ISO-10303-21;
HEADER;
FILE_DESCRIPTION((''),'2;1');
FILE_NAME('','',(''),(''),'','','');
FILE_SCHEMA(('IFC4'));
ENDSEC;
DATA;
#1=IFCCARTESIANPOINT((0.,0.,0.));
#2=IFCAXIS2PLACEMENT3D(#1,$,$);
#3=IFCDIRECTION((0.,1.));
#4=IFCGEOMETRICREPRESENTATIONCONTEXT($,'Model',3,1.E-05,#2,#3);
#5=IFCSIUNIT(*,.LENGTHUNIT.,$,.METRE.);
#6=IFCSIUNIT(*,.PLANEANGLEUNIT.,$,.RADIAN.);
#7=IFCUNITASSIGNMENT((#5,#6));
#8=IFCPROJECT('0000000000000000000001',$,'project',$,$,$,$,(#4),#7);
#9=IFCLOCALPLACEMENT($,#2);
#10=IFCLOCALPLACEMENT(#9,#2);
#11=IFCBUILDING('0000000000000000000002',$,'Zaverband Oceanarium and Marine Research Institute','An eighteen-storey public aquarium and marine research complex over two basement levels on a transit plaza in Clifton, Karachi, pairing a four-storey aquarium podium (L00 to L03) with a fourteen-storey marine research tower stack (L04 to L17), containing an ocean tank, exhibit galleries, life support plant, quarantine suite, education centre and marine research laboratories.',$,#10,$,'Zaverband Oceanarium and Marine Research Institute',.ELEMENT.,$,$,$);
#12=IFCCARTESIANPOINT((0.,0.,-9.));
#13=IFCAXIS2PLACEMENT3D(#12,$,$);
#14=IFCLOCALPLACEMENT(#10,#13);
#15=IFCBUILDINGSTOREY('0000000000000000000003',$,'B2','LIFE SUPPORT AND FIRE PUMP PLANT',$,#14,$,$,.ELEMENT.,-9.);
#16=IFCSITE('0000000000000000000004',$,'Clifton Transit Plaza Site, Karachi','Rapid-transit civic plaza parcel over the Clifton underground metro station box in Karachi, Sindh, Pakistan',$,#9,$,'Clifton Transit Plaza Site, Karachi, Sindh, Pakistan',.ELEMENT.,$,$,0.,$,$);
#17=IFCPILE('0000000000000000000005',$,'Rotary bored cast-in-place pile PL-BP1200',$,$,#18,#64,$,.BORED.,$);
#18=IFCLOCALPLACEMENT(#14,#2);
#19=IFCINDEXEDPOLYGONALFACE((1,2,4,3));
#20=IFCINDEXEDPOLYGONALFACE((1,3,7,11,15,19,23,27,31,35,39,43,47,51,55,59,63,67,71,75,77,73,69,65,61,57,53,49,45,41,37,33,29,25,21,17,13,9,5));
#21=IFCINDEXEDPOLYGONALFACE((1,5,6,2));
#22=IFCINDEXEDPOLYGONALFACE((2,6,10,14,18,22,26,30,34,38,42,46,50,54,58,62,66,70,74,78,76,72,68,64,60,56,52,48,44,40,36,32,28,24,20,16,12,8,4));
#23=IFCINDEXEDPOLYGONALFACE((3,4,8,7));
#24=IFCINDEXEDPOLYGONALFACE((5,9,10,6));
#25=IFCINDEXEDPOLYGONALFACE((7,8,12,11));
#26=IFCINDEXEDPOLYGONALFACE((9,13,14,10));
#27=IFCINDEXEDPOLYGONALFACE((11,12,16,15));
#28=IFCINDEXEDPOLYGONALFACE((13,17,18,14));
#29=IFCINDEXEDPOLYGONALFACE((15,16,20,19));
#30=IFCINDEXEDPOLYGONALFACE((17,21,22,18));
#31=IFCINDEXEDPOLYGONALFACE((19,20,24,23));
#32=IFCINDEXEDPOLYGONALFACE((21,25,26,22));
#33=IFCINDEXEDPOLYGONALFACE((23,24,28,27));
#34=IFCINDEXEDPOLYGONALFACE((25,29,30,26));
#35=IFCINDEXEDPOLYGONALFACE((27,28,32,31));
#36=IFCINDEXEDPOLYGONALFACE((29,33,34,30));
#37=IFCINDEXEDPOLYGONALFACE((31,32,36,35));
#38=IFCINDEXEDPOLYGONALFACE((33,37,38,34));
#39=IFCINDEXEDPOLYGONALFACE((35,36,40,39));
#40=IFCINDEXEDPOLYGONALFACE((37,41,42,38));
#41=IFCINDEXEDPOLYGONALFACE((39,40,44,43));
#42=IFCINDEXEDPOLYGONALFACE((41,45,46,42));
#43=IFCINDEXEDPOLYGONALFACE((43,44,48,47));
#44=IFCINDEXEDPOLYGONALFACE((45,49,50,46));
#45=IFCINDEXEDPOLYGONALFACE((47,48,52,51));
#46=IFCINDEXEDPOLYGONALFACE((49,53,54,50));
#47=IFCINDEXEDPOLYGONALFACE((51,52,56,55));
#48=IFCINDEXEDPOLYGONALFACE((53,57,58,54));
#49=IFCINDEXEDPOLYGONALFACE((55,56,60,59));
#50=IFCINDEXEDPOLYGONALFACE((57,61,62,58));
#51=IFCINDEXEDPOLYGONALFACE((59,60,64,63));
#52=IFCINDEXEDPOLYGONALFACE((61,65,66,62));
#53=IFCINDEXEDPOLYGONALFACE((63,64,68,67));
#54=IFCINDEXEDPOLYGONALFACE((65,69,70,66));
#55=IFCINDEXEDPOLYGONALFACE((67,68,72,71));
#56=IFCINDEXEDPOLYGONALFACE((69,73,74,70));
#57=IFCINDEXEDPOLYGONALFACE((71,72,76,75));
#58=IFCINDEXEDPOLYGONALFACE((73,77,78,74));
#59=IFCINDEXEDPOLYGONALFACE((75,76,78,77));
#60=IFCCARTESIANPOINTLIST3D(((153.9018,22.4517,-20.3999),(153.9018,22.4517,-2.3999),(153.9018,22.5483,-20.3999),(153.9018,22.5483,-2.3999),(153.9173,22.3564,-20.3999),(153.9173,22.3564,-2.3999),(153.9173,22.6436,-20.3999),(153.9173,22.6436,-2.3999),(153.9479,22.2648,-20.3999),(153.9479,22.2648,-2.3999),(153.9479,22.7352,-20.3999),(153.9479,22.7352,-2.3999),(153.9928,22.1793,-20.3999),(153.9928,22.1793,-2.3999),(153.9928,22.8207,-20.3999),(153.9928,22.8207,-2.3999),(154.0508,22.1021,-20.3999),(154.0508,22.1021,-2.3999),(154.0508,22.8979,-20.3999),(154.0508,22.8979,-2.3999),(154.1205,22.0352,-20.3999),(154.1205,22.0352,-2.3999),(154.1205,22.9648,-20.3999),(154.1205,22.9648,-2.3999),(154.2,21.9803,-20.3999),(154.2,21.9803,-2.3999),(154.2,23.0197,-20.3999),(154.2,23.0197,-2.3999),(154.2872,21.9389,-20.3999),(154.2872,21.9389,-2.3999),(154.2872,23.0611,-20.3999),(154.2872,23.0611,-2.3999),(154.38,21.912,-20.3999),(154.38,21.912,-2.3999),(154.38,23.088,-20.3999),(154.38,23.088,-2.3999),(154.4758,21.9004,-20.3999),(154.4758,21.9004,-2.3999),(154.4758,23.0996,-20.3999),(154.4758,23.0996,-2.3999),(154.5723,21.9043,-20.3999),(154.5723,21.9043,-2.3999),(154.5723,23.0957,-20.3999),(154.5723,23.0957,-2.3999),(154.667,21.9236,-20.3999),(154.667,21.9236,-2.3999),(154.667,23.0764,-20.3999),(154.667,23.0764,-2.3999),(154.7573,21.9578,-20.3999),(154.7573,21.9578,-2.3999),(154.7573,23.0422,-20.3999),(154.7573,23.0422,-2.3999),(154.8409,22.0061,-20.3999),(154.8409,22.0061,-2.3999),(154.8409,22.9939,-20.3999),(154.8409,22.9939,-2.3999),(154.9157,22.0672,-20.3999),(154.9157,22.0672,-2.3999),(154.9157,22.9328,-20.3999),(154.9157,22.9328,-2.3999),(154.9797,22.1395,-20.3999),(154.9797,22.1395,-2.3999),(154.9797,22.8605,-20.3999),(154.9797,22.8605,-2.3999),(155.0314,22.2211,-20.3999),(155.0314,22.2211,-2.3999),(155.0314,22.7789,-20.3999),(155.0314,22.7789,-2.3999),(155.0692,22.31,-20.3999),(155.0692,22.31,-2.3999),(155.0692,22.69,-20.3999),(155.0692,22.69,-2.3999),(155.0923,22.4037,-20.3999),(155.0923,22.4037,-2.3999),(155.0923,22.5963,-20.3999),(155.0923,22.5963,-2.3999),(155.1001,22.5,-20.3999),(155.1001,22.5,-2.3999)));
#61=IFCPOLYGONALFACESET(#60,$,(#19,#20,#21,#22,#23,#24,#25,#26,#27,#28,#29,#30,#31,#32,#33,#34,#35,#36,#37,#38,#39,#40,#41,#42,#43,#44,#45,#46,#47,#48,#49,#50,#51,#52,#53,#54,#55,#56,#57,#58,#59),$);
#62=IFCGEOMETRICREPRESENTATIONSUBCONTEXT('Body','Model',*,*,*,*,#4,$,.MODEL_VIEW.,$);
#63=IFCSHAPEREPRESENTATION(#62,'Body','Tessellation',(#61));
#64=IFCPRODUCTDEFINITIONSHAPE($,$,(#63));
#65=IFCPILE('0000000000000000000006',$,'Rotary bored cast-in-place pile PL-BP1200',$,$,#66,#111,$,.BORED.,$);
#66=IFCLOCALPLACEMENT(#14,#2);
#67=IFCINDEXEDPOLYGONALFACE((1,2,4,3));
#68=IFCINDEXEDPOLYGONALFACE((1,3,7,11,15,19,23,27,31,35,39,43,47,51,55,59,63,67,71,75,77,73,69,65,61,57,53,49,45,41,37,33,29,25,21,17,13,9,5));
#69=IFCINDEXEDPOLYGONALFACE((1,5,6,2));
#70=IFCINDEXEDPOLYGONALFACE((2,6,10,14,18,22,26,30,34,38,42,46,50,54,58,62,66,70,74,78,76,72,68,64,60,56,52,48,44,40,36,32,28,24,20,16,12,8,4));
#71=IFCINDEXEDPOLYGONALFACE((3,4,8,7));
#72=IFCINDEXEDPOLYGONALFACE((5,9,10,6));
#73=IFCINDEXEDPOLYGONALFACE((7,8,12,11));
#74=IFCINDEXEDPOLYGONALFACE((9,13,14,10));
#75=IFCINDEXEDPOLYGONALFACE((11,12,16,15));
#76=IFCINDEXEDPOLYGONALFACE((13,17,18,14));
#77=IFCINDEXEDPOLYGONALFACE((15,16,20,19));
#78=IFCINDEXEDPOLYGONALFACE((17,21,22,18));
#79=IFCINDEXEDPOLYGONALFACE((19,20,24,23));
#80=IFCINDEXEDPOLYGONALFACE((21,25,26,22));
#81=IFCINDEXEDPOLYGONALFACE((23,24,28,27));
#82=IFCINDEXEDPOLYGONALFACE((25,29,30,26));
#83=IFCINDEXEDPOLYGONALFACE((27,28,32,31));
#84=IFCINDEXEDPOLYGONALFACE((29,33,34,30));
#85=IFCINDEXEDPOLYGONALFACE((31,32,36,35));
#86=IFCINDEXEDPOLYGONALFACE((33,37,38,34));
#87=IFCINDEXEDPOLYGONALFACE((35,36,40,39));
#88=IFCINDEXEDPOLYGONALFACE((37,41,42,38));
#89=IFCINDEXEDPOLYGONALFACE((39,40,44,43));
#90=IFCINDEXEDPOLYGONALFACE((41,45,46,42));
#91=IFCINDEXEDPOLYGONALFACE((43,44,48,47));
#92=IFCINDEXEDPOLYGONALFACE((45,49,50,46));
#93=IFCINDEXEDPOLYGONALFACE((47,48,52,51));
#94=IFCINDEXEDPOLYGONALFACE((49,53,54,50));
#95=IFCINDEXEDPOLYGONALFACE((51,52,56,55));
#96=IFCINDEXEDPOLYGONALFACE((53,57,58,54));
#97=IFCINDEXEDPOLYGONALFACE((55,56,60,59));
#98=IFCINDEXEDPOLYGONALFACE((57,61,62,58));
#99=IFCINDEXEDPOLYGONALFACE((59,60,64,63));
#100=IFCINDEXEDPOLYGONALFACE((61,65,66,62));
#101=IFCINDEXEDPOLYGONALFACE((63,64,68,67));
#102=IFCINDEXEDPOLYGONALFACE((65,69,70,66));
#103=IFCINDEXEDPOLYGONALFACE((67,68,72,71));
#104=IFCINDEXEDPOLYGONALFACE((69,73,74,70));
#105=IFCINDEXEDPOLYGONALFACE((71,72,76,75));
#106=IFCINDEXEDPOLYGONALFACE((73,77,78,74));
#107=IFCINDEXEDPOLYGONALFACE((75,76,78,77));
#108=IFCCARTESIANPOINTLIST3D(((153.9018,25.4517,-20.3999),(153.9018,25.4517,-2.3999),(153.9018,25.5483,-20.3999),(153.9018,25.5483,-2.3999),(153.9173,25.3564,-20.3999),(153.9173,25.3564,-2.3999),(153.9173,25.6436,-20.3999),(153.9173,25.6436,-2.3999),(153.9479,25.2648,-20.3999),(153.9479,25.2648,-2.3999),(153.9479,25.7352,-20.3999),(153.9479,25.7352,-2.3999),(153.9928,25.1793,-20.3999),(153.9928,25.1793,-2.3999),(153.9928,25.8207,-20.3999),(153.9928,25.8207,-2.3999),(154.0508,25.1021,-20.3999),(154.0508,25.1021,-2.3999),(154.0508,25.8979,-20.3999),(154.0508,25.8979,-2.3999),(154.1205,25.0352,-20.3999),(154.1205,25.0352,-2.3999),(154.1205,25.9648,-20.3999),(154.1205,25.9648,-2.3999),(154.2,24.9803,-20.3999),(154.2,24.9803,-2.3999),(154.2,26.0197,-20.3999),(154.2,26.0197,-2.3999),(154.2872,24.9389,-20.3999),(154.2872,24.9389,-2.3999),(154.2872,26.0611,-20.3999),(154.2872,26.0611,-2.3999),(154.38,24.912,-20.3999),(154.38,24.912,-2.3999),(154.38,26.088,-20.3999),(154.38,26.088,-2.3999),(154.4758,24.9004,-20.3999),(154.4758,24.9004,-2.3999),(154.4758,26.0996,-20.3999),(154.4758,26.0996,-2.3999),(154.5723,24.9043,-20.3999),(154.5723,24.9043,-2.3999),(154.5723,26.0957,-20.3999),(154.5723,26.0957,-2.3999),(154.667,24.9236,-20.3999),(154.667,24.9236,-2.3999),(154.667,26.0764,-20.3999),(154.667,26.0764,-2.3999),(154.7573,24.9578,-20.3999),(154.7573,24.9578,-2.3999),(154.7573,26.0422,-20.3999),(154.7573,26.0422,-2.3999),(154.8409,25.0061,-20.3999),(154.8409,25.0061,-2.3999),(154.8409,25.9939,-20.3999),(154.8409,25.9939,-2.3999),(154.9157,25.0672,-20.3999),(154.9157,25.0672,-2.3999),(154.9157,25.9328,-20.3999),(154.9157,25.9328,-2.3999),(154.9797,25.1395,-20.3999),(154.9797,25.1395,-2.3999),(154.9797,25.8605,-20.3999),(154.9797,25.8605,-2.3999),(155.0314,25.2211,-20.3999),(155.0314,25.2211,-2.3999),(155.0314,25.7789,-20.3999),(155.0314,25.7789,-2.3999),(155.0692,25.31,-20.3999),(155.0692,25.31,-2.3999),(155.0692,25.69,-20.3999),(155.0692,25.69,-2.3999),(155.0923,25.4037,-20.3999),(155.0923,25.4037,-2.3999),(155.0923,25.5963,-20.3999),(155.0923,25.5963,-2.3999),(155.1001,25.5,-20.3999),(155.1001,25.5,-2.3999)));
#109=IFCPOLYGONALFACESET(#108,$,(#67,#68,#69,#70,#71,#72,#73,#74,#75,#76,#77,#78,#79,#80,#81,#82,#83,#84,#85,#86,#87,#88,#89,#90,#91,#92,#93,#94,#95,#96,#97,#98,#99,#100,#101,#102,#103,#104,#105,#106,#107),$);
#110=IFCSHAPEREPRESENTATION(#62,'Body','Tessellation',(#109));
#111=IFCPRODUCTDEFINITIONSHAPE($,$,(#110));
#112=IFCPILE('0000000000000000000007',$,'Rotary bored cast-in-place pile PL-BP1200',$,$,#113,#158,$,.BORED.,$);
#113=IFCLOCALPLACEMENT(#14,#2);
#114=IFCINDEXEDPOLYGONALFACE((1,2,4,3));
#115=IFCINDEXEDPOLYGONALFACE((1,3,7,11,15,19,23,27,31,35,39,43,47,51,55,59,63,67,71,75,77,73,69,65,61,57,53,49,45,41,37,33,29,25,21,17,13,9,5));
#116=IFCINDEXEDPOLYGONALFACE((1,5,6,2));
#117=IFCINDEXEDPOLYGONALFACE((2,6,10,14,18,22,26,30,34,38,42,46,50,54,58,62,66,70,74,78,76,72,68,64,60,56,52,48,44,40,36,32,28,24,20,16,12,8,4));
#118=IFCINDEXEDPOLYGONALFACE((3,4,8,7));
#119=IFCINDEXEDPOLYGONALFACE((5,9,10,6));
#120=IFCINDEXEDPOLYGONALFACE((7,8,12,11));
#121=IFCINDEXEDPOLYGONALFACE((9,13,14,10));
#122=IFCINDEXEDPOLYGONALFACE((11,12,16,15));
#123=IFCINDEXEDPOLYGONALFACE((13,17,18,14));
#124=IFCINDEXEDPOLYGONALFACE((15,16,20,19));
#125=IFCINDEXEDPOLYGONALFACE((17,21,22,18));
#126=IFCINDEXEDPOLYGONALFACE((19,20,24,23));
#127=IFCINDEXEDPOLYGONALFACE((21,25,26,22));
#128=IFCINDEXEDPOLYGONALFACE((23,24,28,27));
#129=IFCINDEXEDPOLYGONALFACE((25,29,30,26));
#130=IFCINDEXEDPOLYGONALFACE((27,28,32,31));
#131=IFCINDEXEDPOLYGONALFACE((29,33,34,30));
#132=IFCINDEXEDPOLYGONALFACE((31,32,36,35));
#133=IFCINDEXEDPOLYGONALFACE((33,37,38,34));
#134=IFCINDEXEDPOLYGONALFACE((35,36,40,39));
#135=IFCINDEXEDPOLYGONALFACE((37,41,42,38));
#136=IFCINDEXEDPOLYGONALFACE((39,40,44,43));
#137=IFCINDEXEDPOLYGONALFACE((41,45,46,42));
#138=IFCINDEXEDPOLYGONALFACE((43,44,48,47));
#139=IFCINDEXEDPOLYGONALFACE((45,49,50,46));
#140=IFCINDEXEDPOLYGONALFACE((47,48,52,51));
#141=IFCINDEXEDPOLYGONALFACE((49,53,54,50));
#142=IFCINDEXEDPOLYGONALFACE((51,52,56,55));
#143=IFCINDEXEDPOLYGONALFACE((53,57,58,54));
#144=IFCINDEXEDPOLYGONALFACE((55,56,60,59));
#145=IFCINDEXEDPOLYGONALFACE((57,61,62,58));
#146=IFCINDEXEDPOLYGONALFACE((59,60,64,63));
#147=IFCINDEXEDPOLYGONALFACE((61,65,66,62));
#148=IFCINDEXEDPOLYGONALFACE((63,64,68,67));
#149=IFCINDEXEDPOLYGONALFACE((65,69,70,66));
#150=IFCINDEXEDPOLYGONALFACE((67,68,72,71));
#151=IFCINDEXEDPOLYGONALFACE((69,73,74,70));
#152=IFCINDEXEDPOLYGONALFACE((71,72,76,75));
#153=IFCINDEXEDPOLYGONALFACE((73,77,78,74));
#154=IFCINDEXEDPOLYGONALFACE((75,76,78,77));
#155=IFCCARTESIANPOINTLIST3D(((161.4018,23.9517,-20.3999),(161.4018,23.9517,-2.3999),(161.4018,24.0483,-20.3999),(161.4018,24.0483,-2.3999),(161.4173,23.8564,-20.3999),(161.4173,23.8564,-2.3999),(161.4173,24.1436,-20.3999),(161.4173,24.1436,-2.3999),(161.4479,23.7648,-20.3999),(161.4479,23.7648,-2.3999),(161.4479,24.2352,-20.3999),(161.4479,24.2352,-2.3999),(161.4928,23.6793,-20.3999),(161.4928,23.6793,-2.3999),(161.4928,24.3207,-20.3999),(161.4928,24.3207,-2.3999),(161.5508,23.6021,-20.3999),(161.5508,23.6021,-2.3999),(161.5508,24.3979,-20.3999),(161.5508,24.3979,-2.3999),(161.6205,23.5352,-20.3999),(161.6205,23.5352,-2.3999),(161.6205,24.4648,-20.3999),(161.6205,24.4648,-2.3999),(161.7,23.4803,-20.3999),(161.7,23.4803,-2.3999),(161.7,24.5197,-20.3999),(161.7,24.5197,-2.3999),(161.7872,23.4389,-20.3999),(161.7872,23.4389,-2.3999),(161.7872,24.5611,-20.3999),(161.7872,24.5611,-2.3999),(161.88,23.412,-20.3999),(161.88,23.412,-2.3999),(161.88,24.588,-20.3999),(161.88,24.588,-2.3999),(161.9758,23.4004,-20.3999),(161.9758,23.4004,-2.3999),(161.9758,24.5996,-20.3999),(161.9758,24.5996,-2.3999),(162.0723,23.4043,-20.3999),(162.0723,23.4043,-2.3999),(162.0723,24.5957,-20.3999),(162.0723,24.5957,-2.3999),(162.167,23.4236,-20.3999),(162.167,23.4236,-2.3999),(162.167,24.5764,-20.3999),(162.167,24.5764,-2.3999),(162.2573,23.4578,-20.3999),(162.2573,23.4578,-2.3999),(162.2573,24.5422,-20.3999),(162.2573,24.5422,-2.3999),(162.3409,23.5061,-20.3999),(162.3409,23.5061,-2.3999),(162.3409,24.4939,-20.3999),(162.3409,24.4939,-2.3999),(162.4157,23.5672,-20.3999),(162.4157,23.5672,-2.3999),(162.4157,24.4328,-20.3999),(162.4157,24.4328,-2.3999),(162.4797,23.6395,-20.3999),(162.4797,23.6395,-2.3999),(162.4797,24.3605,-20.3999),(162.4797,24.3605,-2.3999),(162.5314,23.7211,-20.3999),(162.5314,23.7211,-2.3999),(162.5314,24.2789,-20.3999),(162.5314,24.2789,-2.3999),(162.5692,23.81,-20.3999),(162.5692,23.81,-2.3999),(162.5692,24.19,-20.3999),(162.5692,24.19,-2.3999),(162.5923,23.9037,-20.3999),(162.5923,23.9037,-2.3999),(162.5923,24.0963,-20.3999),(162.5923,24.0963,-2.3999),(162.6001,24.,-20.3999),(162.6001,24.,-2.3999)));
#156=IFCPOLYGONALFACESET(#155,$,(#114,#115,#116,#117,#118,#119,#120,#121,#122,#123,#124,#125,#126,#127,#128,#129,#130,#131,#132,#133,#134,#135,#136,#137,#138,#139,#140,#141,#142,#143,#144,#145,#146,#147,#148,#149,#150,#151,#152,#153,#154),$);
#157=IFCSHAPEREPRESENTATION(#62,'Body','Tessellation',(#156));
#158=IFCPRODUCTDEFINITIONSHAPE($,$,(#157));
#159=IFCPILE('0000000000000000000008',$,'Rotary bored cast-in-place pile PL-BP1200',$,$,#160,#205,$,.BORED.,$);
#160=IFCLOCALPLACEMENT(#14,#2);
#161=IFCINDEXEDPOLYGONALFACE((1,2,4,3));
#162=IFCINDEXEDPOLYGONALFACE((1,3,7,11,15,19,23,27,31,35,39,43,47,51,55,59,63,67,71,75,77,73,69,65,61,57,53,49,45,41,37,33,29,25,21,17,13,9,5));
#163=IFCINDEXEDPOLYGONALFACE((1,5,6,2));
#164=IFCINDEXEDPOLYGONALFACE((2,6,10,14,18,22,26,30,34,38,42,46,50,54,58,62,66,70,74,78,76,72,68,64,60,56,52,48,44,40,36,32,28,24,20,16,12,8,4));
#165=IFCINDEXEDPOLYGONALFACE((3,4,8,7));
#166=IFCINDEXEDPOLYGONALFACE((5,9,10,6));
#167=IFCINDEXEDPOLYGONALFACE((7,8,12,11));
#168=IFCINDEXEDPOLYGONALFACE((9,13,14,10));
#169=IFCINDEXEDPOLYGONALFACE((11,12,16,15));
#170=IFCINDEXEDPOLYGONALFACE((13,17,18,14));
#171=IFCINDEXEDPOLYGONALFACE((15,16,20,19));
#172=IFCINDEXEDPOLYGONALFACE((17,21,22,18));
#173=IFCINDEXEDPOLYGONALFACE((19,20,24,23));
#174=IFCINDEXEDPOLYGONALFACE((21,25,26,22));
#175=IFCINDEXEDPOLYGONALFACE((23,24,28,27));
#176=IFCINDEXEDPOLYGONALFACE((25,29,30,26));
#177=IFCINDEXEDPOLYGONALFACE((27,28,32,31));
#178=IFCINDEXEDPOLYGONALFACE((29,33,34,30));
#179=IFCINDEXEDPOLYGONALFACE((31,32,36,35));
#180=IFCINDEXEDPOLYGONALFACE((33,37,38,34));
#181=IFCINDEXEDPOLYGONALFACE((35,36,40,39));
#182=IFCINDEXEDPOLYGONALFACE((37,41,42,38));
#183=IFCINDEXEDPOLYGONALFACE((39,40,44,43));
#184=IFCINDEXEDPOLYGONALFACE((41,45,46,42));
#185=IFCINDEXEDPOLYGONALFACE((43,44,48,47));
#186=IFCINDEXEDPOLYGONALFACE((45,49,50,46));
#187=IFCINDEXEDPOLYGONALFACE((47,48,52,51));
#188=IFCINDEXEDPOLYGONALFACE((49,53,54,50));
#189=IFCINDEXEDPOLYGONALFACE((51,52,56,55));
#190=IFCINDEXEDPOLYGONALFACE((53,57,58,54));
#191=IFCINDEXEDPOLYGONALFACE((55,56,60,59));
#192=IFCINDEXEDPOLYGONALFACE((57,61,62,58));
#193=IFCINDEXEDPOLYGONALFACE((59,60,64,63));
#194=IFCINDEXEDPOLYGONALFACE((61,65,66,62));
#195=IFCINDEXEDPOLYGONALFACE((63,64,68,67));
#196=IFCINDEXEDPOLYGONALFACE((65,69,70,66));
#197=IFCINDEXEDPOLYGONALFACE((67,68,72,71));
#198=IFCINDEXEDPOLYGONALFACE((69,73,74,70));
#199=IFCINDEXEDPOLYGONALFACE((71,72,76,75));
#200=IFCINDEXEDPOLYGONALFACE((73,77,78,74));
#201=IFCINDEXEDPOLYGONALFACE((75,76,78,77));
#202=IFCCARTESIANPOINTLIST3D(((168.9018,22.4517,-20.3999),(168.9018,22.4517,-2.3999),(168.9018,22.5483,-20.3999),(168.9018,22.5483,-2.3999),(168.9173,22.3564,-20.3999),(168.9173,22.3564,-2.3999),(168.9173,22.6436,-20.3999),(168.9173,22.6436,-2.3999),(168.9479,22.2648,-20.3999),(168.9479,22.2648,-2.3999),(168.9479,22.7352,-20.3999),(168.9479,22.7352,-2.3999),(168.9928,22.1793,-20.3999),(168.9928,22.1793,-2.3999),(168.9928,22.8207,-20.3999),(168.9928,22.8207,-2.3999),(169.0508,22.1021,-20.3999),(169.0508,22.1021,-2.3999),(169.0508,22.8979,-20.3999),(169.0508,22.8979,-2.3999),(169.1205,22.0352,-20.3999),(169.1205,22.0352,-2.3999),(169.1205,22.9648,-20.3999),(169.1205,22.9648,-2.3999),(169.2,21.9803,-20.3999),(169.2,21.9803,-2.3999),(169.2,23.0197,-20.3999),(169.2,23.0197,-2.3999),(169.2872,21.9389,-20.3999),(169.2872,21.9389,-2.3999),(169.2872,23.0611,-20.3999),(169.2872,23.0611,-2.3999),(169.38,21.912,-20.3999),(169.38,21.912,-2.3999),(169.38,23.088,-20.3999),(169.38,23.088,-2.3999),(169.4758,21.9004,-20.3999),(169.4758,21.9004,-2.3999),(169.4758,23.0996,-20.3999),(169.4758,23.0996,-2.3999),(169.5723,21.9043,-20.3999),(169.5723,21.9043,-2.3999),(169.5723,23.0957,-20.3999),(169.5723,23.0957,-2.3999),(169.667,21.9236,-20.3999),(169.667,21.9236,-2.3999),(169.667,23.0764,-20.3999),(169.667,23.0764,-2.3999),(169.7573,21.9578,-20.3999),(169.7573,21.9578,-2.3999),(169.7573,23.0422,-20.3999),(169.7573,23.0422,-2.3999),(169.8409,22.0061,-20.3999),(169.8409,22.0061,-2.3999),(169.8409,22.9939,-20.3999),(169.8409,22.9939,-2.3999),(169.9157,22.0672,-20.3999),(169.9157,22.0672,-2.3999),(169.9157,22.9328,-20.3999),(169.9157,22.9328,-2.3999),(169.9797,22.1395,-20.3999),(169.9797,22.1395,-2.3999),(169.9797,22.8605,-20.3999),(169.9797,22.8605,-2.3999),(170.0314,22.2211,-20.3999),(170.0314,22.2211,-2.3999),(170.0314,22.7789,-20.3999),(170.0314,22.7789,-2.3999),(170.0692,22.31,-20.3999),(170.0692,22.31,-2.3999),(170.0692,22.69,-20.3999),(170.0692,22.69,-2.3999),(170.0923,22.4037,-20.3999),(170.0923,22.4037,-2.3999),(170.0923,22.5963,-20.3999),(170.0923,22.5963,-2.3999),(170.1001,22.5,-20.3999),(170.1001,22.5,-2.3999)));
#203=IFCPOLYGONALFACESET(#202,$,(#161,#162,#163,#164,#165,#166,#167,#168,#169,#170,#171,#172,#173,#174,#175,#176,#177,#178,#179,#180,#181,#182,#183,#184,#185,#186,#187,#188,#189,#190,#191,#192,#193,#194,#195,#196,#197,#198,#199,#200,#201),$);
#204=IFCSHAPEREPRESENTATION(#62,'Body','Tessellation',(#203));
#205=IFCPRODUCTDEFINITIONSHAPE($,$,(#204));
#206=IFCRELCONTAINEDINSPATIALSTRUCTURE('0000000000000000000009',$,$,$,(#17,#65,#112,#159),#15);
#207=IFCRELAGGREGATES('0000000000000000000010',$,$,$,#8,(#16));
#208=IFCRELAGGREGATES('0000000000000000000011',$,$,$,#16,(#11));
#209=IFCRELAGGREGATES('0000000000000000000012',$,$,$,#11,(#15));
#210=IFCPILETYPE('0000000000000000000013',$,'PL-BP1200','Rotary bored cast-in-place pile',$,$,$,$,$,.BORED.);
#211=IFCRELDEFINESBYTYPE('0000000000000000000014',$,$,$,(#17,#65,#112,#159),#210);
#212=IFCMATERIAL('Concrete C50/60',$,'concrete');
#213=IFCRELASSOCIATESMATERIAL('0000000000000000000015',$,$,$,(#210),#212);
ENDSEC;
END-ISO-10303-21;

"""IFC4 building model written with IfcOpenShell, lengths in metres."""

from ifc_helpers import new_model, si_unit, direction, frame, origin, origin_2d, place, context, subcontext, project, spatial, circle, extrude, material, material_profile, profile_set, type_object, element, save


model = new_model("IFC4")

# Units and contexts
model_context = context("Model", 3, precision=1e-05, world=origin(), true_north=direction((0.0, 1.0)))
body_context = subcontext(model_context, "Body", "Model", "MODEL_VIEW")
ifc_project = project(units=[si_unit("LENGTHUNIT", "METRE"), si_unit("PLANEANGLEUNIT", "RADIAN")], contexts=[model_context])

# Site, building, storey
site_placement = place(None, origin())
site = spatial("IfcSite", under=ifc_project, at=site_placement, Name="Clifton Transit Plaza Site, Karachi", Description="Rapid-transit civic plaza parcel over the Clifton underground metro station box in Karachi, Sindh, Pakistan", LongName="Clifton Transit Plaza Site, Karachi, Sindh, Pakistan", CompositionType="ELEMENT", RefElevation=0.0)
building_placement = place(site_placement, origin())
building = spatial("IfcBuilding", under=site, at=building_placement, Name="Zaverband Oceanarium and Marine Research Institute", Description="An eighteen-storey public aquarium and marine research complex over two basement levels on a transit plaza in Clifton, Karachi, pairing a four-storey aquarium podium (L00 to L03) with a fourteen-storey marine research tower stack (L04 to L17), containing an ocean tank, exhibit galleries, life support plant, quarantine suite, education centre and marine research laboratories.", LongName="Zaverband Oceanarium and Marine Research Institute", CompositionType="ELEMENT")
storey_placement = place(building_placement, frame((0.0, 0.0, -9.0)))
storey = spatial("IfcBuildingStorey", under=building, at=storey_placement, Name="B2", Description="LIFE SUPPORT AND FIRE PUMP PLANT", CompositionType="ELEMENT", Elevation=-9.0)

# Shared definitions
ifc_material_1 = material(Name="Concrete C50/60", Category="concrete")

# Piles
ifc_material_profile_1 = material_profile(ifc_material_1, circle(Radius=0.6001, at=origin_2d()), Name="BP1200")
ifc_profile_set_1 = profile_set([ifc_material_profile_1], Name="Concrete C50/60")
pile_type_1 = type_object("IfcPileType", Name="PL-BP1200", Description="Rotary bored cast-in-place pile", PredefinedType="BORED", material=ifc_profile_set_1)
for number, where, z_axis, x_axis, name in (
    (1, (154.5, 22.5, -2.3999), (0.0, 0.0, -1.0), (1.0, 0.0, 0.0), "Rotary bored cast-in-place pile PL-BP1200"),
    (2, (154.5, 25.5, -2.3999), (0.0, 0.0, -1.0), (1.0, 0.0, 0.0), "Rotary bored cast-in-place pile PL-BP1200"),
    (3, (162.0, 24.0, -2.3999), (0.0, 0.0, -1.0), (1.0, 0.0, 0.0), "Rotary bored cast-in-place pile PL-BP1200"),
    (4, (169.5, 22.5, -2.3999), (0.0, 0.0, -1.0), (1.0, 0.0, 0.0), "Rotary bored cast-in-place pile PL-BP1200"),
):
    element("IfcPile", number, at=place(storey_placement, frame(where, z_axis=z_axis, x_axis=x_axis)), inside=storey, type_object=pile_type_1, Name=name, PredefinedType="BORED", context=body_context, shape_type="SweptSolid", body=[
        extrude(circle(Radius=0.6001, at=origin_2d()), origin(), (0.0, 0.0, 1.0), 18.0),
    ])

save(model, "model.ifc")
